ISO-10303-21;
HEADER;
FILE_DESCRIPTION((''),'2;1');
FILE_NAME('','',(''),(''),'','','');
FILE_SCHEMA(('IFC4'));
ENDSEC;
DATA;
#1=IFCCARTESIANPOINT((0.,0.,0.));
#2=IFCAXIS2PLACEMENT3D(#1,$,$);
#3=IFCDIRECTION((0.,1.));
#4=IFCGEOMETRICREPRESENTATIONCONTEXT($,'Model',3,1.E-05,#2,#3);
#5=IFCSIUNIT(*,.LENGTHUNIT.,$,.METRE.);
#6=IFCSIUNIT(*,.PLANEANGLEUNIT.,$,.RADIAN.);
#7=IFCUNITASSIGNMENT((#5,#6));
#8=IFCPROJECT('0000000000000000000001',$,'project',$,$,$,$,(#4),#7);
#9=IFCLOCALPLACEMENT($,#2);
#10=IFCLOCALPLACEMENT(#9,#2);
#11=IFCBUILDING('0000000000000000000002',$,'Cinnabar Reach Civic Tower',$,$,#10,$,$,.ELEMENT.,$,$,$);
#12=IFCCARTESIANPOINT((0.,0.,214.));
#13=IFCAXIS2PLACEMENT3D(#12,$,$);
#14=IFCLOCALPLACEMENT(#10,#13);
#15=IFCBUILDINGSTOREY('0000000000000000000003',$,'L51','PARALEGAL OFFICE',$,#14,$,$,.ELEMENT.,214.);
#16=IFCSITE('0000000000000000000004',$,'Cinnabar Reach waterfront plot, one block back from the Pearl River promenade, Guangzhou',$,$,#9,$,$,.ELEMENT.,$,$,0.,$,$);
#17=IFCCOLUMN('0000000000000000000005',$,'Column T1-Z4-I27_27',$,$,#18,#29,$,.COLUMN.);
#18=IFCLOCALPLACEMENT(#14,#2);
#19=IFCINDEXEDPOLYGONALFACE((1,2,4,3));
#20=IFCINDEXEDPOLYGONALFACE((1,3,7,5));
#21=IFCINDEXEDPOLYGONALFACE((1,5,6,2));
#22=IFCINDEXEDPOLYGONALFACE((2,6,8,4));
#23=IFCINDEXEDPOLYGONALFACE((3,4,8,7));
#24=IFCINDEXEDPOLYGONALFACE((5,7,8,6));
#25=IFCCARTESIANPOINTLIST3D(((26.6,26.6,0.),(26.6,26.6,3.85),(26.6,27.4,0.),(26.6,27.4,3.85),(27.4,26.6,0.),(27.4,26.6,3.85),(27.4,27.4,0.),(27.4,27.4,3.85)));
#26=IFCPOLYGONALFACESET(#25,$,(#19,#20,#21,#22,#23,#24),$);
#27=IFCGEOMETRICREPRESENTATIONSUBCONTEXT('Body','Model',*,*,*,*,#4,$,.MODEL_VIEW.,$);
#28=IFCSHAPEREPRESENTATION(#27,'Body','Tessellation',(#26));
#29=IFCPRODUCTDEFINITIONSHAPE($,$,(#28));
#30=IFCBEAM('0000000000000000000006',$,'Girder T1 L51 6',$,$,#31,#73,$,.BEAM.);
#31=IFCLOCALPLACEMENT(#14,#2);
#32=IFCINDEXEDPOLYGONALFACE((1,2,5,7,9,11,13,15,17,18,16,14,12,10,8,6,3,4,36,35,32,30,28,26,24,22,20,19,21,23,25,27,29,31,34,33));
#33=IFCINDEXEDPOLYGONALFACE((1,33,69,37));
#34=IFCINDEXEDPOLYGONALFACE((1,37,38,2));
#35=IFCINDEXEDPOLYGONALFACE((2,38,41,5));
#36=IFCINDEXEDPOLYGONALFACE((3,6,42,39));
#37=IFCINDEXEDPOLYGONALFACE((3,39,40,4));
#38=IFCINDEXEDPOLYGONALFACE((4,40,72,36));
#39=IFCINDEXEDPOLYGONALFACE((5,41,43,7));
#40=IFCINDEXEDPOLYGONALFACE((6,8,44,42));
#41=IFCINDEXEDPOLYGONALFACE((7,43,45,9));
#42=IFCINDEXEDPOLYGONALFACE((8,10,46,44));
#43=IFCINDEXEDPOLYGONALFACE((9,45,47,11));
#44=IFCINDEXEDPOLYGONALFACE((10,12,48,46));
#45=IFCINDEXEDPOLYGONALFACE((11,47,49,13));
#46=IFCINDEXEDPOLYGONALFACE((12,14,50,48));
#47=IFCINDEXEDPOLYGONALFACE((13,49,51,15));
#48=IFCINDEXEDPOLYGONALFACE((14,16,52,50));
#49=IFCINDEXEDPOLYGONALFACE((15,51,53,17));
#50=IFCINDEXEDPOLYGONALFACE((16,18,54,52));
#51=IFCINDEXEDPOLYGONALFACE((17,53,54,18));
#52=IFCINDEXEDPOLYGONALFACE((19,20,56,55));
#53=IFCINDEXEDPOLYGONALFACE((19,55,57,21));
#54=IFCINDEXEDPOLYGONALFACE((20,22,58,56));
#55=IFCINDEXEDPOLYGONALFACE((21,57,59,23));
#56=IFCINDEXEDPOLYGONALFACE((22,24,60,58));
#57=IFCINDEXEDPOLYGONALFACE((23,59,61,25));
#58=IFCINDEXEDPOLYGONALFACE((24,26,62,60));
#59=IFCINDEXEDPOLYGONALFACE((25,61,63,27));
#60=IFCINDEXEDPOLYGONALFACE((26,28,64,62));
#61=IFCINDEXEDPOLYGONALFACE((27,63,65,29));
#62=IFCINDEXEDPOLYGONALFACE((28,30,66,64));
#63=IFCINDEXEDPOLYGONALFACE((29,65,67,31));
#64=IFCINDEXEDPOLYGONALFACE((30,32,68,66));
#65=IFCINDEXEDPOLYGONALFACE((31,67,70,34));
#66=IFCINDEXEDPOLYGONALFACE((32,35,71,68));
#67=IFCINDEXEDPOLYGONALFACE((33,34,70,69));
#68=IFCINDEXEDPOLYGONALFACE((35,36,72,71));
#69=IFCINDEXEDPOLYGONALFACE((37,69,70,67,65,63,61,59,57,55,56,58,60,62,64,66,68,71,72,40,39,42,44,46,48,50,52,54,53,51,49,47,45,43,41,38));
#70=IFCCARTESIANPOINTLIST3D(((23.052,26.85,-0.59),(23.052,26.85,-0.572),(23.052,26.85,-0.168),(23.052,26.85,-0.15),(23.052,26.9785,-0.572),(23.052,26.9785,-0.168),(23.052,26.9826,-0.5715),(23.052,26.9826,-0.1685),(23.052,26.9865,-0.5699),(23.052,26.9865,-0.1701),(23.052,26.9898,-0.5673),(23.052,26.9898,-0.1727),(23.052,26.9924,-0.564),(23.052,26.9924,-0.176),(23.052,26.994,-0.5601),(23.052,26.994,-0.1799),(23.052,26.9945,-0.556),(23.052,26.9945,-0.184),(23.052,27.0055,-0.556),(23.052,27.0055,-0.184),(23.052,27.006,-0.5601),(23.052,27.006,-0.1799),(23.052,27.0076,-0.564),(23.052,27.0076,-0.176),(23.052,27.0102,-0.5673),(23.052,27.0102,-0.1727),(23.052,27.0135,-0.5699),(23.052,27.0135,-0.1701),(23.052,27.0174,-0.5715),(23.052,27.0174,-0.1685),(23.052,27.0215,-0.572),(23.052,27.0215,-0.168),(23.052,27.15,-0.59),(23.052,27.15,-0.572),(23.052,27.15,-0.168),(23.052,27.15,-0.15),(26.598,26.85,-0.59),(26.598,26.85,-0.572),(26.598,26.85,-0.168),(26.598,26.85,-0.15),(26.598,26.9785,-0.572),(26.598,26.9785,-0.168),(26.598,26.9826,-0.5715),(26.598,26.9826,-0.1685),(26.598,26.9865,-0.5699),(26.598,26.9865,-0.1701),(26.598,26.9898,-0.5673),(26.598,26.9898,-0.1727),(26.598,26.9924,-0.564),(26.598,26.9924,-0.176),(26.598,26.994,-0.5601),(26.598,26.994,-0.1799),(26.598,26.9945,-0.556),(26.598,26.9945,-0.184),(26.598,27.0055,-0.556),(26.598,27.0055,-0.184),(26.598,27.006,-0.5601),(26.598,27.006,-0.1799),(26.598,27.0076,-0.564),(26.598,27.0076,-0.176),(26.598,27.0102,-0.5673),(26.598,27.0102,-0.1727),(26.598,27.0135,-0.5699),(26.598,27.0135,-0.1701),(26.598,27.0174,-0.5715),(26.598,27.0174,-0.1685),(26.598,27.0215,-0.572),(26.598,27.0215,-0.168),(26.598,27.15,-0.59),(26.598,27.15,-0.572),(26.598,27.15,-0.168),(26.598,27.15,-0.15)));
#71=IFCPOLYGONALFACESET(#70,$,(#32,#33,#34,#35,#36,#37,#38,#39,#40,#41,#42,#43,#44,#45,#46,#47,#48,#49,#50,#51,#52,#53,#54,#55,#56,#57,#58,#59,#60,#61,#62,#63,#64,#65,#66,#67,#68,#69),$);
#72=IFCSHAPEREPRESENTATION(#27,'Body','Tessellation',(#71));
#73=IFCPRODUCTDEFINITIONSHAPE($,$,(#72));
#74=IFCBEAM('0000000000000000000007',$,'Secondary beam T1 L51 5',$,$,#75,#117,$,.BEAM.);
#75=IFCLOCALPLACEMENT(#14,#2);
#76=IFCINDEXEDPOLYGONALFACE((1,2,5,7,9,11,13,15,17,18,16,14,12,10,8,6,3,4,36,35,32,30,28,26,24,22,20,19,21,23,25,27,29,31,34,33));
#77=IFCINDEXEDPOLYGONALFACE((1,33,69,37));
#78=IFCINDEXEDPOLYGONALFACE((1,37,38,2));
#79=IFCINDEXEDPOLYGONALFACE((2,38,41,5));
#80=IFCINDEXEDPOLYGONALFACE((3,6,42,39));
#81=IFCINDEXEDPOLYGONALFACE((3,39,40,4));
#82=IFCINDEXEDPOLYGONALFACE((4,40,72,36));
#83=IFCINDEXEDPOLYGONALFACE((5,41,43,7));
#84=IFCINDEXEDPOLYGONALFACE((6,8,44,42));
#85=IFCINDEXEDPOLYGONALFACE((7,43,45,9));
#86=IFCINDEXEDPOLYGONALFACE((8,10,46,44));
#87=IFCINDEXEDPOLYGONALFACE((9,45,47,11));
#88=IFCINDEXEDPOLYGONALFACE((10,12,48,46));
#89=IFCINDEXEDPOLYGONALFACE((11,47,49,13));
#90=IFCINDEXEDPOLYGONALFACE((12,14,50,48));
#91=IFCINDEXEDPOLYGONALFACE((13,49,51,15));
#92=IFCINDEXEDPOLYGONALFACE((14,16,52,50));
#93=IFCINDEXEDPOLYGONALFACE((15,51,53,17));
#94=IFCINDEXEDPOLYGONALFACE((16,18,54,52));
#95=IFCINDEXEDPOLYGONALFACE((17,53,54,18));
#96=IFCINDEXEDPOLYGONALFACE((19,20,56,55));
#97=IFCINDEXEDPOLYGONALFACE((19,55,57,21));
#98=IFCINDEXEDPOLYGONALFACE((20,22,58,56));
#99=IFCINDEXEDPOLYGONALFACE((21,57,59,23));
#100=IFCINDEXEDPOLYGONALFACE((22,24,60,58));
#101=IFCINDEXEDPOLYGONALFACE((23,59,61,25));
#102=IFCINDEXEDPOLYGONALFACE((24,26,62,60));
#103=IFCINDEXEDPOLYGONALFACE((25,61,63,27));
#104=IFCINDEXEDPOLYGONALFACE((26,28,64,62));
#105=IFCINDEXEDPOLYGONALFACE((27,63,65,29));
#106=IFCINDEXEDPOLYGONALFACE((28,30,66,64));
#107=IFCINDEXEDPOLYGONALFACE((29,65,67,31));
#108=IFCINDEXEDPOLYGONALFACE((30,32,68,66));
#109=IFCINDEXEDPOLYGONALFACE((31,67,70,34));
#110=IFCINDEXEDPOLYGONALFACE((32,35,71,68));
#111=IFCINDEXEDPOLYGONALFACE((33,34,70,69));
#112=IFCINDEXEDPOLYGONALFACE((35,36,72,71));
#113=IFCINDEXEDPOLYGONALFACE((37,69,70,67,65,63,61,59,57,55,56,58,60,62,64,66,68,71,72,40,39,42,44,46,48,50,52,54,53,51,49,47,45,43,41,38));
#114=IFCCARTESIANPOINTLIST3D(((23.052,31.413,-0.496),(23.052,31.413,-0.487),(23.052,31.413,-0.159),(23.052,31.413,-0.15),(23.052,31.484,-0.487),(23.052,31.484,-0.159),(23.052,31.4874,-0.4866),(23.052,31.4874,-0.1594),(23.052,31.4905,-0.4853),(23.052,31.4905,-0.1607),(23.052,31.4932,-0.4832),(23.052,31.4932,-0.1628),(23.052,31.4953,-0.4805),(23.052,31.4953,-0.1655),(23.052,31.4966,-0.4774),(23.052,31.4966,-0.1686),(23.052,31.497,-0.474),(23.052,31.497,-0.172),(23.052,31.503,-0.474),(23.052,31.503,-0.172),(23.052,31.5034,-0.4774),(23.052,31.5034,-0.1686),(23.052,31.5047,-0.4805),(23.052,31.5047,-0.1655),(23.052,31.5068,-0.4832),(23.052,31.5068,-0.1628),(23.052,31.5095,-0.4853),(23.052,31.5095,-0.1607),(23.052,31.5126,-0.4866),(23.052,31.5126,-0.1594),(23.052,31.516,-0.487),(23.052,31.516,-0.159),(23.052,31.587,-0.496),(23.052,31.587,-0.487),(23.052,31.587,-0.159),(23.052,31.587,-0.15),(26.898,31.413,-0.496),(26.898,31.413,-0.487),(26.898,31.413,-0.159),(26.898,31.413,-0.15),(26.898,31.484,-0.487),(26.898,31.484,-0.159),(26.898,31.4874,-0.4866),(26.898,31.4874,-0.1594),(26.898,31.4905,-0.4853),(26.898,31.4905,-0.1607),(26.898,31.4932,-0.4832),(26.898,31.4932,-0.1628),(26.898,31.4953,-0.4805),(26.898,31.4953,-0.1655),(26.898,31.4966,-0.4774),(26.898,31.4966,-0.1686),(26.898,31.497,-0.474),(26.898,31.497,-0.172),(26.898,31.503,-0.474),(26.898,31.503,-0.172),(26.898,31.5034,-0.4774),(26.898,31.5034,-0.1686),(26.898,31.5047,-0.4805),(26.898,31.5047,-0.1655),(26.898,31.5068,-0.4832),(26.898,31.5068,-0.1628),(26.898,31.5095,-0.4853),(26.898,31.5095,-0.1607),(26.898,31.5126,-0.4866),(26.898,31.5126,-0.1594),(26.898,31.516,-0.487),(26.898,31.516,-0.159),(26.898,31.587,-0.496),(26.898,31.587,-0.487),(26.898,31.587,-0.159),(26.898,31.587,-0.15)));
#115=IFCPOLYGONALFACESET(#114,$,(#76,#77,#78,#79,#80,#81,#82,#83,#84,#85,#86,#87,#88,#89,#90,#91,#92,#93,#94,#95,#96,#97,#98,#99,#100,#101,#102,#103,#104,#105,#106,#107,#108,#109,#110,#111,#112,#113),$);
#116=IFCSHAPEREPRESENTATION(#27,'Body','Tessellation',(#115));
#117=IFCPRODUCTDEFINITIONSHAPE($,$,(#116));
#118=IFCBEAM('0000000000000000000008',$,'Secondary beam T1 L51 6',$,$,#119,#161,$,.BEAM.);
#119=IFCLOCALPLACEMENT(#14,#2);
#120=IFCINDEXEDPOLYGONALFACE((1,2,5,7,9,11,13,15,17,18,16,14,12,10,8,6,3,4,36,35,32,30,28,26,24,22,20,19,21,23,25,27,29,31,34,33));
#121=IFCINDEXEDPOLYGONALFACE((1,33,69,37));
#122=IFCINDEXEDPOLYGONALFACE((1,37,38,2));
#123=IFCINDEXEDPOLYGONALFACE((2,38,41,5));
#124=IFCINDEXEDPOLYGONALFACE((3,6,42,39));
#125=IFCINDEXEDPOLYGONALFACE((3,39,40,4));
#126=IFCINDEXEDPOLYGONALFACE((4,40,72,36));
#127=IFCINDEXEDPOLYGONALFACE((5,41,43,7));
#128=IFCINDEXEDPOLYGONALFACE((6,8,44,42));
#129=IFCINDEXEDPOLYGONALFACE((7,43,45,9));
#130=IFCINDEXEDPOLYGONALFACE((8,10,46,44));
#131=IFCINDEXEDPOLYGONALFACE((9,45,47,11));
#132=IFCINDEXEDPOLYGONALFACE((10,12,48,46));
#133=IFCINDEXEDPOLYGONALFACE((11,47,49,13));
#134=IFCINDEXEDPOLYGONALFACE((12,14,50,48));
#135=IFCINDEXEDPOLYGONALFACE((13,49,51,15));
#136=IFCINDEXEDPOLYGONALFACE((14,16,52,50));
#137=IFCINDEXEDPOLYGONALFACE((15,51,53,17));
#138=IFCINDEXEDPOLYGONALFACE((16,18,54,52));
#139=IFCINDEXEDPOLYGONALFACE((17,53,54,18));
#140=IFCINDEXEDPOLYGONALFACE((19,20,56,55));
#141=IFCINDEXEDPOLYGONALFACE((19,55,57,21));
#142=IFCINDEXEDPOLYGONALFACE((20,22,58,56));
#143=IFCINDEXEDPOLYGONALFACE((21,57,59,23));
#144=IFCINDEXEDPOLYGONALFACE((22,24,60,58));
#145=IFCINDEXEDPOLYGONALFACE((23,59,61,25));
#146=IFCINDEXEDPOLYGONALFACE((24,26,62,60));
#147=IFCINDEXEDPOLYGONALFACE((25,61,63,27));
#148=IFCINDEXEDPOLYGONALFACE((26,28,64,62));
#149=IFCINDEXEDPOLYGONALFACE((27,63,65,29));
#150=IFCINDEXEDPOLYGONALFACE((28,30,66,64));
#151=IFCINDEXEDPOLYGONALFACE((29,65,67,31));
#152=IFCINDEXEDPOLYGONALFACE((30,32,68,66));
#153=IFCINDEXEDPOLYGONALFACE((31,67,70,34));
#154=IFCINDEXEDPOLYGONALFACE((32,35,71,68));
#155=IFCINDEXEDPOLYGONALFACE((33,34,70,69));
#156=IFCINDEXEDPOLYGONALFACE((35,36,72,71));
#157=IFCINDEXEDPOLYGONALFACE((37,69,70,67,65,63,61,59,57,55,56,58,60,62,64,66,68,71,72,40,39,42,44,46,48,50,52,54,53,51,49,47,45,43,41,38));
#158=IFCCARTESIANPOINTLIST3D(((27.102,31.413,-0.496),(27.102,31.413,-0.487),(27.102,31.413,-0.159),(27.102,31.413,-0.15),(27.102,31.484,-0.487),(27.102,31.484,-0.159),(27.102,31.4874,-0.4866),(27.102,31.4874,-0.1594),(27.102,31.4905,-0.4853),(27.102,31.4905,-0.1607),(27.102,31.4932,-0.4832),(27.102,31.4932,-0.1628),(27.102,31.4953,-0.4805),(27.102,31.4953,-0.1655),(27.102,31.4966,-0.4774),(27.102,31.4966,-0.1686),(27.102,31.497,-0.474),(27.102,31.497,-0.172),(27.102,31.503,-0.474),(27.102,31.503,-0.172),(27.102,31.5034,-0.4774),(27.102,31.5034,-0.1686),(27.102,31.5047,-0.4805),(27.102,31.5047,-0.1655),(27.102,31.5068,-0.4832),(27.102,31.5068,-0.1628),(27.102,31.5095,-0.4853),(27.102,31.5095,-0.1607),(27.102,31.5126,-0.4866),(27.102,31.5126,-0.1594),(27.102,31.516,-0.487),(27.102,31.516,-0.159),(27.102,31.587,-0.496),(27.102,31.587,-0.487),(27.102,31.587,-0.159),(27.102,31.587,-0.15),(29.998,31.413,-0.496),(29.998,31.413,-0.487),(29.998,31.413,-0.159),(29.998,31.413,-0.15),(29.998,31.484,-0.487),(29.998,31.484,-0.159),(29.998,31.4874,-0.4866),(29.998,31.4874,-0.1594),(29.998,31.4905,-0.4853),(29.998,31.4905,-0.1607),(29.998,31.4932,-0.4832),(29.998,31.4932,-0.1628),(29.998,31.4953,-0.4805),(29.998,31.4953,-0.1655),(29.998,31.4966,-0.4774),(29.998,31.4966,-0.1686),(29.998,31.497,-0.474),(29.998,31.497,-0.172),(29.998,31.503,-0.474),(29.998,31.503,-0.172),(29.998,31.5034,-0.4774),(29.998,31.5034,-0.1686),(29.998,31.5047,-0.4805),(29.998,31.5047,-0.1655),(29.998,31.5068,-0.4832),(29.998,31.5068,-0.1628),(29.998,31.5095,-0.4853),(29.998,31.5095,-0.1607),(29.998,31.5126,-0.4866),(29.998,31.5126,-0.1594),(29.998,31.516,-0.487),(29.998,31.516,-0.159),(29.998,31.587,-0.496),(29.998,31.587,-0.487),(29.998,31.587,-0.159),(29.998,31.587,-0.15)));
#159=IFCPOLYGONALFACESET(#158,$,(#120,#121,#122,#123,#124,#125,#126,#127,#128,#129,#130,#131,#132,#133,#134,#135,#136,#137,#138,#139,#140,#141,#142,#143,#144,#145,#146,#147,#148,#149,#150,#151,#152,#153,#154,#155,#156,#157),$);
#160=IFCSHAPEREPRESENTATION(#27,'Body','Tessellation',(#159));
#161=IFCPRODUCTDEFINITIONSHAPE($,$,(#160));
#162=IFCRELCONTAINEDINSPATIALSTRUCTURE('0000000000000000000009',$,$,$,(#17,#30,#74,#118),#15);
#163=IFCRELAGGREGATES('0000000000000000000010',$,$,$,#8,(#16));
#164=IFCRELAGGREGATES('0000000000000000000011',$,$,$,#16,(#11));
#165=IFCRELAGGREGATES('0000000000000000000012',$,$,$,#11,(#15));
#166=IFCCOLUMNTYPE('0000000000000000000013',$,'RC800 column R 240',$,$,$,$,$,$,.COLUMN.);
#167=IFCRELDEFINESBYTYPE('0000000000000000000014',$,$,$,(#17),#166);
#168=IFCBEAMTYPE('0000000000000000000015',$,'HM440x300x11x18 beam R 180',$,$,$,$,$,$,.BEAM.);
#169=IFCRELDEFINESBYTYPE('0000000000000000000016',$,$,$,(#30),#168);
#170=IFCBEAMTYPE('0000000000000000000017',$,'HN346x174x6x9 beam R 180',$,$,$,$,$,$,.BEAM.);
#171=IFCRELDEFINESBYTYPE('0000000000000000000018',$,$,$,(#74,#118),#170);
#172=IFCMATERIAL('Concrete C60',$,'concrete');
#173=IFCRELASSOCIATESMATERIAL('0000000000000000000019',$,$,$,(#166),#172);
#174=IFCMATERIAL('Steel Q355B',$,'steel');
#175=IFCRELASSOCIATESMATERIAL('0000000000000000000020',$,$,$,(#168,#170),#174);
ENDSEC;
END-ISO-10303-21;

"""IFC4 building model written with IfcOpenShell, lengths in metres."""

from ifc_helpers import new_model, si_unit, direction, frame, origin, origin_2d, place, context, subcontext, project, spatial, rectangle, i_section, extrude, material, material_profile, profile_set, type_object, element, save


model = new_model("IFC4")

# Units and contexts
model_context = context("Model", 3, precision=1e-05, world=origin(), true_north=direction((0.0, 1.0)))
body_context = subcontext(model_context, "Body", "Model", "MODEL_VIEW")
ifc_project = project(units=[si_unit("LENGTHUNIT", "METRE"), si_unit("PLANEANGLEUNIT", "RADIAN")], contexts=[model_context])

# Site, building, storey
site_placement = place(None, origin())
site = spatial("IfcSite", under=ifc_project, at=site_placement, Name="Cinnabar Reach waterfront plot, one block back from the Pearl River promenade, Guangzhou", CompositionType="ELEMENT", RefElevation=0.0)
building_placement = place(site_placement, origin())
building = spatial("IfcBuilding", under=site, at=building_placement, Name="Cinnabar Reach Civic Tower", CompositionType="ELEMENT")
storey_placement = place(building_placement, frame((0.0, 0.0, 214.0)))
storey = spatial("IfcBuildingStorey", under=building, at=storey_placement, Name="L51", Description="PARALEGAL OFFICE", CompositionType="ELEMENT", Elevation=214.0)

# Column
ifc_material_1 = material(Name="Concrete C60", Category="concrete")
ifc_material_profile_1 = material_profile(ifc_material_1, rectangle(XDim=0.8, YDim=0.8, at=origin_2d()), Name="RC800")
ifc_profile_set_1 = profile_set([ifc_material_profile_1], Name="Concrete C60")
column_type = type_object("IfcColumnType", Name="RC800 column R 240", PredefinedType="COLUMN", material=ifc_profile_set_1)
column_placement = place(storey_placement, frame((27.0, 27.0, 0.0), z_axis=(0.0, 0.0, 1.0), x_axis=(1.0, 0.0, 0.0)))
element("IfcColumn", 1, at=column_placement, inside=storey, type_object=column_type, Name="Column T1-Z4-I27_27", PredefinedType="COLUMN", context=body_context, shape_type="SweptSolid", body=[
    extrude(rectangle(XDim=0.8, YDim=0.8, at=origin_2d()), origin(), (0.0, 0.0, 1.0), 3.85),
])

# Beams
ifc_material_2 = material(Name="Steel Q355B", Category="steel")
ifc_material_profile_2 = material_profile(ifc_material_2, i_section(OverallWidth=0.3, OverallDepth=0.44, WebThickness=0.011, FlangeThickness=0.018, FilletRadius=0.016, at=origin_2d()), Name="HM440x300x11x18")
ifc_profile_set_2 = profile_set([ifc_material_profile_2], Name="Steel Q355B")
beam_type_1 = type_object("IfcBeamType", Name="HM440x300x11x18 beam R 180", PredefinedType="BEAM", material=ifc_profile_set_2)
beam_1_placement = place(storey_placement, frame((23.052, 27.0, -0.37), z_axis=(1.0, 0.0, 0.0), x_axis=(0.0, 1.0, 0.0)))
element("IfcBeam", 2, at=beam_1_placement, inside=storey, type_object=beam_type_1, Name="Girder T1 L51 6", PredefinedType="BEAM", context=body_context, shape_type="SweptSolid", body=[
    extrude(i_section(OverallWidth=0.3, OverallDepth=0.44, WebThickness=0.011, FlangeThickness=0.018, FilletRadius=0.016, at=origin_2d()), origin(), (0.0, 0.0, 1.0), 3.546),
])
ifc_material_profile_3 = material_profile(ifc_material_2, i_section(OverallWidth=0.174, OverallDepth=0.346, WebThickness=0.006, FlangeThickness=0.009, FilletRadius=0.013, at=origin_2d()), Name="HN346x174x6x9")
ifc_profile_set_3 = profile_set([ifc_material_profile_3], Name="Steel Q355B")
beam_type_2 = type_object("IfcBeamType", Name="HN346x174x6x9 beam R 180", PredefinedType="BEAM", material=ifc_profile_set_3)
beam_2_placement = place(storey_placement, frame((23.052, 31.5, -0.323), z_axis=(1.0, 0.0, 0.0), x_axis=(0.0, 1.0, 0.0)))
element("IfcBeam", 3, at=beam_2_placement, inside=storey, type_object=beam_type_2, Name="Secondary beam T1 L51 5", PredefinedType="BEAM", context=body_context, shape_type="SweptSolid", body=[
    extrude(i_section(OverallWidth=0.174, OverallDepth=0.346, WebThickness=0.006, FlangeThickness=0.009, FilletRadius=0.013, at=origin_2d()), origin(), (0.0, 0.0, 1.0), 3.846),
])
beam_3_placement = place(storey_placement, frame((27.102, 31.5, -0.323), z_axis=(1.0, 0.0, 0.0), x_axis=(0.0, 1.0, 0.0)))
element("IfcBeam", 4, at=beam_3_placement, inside=storey, type_object=beam_type_2, Name="Secondary beam T1 L51 6", PredefinedType="BEAM", context=body_context, shape_type="SweptSolid", body=[
    extrude(i_section(OverallWidth=0.174, OverallDepth=0.346, WebThickness=0.006, FlangeThickness=0.009, FilletRadius=0.013, at=origin_2d()), origin(), (0.0, 0.0, 1.0), 2.896),
])

save(model, "model.ifc")
